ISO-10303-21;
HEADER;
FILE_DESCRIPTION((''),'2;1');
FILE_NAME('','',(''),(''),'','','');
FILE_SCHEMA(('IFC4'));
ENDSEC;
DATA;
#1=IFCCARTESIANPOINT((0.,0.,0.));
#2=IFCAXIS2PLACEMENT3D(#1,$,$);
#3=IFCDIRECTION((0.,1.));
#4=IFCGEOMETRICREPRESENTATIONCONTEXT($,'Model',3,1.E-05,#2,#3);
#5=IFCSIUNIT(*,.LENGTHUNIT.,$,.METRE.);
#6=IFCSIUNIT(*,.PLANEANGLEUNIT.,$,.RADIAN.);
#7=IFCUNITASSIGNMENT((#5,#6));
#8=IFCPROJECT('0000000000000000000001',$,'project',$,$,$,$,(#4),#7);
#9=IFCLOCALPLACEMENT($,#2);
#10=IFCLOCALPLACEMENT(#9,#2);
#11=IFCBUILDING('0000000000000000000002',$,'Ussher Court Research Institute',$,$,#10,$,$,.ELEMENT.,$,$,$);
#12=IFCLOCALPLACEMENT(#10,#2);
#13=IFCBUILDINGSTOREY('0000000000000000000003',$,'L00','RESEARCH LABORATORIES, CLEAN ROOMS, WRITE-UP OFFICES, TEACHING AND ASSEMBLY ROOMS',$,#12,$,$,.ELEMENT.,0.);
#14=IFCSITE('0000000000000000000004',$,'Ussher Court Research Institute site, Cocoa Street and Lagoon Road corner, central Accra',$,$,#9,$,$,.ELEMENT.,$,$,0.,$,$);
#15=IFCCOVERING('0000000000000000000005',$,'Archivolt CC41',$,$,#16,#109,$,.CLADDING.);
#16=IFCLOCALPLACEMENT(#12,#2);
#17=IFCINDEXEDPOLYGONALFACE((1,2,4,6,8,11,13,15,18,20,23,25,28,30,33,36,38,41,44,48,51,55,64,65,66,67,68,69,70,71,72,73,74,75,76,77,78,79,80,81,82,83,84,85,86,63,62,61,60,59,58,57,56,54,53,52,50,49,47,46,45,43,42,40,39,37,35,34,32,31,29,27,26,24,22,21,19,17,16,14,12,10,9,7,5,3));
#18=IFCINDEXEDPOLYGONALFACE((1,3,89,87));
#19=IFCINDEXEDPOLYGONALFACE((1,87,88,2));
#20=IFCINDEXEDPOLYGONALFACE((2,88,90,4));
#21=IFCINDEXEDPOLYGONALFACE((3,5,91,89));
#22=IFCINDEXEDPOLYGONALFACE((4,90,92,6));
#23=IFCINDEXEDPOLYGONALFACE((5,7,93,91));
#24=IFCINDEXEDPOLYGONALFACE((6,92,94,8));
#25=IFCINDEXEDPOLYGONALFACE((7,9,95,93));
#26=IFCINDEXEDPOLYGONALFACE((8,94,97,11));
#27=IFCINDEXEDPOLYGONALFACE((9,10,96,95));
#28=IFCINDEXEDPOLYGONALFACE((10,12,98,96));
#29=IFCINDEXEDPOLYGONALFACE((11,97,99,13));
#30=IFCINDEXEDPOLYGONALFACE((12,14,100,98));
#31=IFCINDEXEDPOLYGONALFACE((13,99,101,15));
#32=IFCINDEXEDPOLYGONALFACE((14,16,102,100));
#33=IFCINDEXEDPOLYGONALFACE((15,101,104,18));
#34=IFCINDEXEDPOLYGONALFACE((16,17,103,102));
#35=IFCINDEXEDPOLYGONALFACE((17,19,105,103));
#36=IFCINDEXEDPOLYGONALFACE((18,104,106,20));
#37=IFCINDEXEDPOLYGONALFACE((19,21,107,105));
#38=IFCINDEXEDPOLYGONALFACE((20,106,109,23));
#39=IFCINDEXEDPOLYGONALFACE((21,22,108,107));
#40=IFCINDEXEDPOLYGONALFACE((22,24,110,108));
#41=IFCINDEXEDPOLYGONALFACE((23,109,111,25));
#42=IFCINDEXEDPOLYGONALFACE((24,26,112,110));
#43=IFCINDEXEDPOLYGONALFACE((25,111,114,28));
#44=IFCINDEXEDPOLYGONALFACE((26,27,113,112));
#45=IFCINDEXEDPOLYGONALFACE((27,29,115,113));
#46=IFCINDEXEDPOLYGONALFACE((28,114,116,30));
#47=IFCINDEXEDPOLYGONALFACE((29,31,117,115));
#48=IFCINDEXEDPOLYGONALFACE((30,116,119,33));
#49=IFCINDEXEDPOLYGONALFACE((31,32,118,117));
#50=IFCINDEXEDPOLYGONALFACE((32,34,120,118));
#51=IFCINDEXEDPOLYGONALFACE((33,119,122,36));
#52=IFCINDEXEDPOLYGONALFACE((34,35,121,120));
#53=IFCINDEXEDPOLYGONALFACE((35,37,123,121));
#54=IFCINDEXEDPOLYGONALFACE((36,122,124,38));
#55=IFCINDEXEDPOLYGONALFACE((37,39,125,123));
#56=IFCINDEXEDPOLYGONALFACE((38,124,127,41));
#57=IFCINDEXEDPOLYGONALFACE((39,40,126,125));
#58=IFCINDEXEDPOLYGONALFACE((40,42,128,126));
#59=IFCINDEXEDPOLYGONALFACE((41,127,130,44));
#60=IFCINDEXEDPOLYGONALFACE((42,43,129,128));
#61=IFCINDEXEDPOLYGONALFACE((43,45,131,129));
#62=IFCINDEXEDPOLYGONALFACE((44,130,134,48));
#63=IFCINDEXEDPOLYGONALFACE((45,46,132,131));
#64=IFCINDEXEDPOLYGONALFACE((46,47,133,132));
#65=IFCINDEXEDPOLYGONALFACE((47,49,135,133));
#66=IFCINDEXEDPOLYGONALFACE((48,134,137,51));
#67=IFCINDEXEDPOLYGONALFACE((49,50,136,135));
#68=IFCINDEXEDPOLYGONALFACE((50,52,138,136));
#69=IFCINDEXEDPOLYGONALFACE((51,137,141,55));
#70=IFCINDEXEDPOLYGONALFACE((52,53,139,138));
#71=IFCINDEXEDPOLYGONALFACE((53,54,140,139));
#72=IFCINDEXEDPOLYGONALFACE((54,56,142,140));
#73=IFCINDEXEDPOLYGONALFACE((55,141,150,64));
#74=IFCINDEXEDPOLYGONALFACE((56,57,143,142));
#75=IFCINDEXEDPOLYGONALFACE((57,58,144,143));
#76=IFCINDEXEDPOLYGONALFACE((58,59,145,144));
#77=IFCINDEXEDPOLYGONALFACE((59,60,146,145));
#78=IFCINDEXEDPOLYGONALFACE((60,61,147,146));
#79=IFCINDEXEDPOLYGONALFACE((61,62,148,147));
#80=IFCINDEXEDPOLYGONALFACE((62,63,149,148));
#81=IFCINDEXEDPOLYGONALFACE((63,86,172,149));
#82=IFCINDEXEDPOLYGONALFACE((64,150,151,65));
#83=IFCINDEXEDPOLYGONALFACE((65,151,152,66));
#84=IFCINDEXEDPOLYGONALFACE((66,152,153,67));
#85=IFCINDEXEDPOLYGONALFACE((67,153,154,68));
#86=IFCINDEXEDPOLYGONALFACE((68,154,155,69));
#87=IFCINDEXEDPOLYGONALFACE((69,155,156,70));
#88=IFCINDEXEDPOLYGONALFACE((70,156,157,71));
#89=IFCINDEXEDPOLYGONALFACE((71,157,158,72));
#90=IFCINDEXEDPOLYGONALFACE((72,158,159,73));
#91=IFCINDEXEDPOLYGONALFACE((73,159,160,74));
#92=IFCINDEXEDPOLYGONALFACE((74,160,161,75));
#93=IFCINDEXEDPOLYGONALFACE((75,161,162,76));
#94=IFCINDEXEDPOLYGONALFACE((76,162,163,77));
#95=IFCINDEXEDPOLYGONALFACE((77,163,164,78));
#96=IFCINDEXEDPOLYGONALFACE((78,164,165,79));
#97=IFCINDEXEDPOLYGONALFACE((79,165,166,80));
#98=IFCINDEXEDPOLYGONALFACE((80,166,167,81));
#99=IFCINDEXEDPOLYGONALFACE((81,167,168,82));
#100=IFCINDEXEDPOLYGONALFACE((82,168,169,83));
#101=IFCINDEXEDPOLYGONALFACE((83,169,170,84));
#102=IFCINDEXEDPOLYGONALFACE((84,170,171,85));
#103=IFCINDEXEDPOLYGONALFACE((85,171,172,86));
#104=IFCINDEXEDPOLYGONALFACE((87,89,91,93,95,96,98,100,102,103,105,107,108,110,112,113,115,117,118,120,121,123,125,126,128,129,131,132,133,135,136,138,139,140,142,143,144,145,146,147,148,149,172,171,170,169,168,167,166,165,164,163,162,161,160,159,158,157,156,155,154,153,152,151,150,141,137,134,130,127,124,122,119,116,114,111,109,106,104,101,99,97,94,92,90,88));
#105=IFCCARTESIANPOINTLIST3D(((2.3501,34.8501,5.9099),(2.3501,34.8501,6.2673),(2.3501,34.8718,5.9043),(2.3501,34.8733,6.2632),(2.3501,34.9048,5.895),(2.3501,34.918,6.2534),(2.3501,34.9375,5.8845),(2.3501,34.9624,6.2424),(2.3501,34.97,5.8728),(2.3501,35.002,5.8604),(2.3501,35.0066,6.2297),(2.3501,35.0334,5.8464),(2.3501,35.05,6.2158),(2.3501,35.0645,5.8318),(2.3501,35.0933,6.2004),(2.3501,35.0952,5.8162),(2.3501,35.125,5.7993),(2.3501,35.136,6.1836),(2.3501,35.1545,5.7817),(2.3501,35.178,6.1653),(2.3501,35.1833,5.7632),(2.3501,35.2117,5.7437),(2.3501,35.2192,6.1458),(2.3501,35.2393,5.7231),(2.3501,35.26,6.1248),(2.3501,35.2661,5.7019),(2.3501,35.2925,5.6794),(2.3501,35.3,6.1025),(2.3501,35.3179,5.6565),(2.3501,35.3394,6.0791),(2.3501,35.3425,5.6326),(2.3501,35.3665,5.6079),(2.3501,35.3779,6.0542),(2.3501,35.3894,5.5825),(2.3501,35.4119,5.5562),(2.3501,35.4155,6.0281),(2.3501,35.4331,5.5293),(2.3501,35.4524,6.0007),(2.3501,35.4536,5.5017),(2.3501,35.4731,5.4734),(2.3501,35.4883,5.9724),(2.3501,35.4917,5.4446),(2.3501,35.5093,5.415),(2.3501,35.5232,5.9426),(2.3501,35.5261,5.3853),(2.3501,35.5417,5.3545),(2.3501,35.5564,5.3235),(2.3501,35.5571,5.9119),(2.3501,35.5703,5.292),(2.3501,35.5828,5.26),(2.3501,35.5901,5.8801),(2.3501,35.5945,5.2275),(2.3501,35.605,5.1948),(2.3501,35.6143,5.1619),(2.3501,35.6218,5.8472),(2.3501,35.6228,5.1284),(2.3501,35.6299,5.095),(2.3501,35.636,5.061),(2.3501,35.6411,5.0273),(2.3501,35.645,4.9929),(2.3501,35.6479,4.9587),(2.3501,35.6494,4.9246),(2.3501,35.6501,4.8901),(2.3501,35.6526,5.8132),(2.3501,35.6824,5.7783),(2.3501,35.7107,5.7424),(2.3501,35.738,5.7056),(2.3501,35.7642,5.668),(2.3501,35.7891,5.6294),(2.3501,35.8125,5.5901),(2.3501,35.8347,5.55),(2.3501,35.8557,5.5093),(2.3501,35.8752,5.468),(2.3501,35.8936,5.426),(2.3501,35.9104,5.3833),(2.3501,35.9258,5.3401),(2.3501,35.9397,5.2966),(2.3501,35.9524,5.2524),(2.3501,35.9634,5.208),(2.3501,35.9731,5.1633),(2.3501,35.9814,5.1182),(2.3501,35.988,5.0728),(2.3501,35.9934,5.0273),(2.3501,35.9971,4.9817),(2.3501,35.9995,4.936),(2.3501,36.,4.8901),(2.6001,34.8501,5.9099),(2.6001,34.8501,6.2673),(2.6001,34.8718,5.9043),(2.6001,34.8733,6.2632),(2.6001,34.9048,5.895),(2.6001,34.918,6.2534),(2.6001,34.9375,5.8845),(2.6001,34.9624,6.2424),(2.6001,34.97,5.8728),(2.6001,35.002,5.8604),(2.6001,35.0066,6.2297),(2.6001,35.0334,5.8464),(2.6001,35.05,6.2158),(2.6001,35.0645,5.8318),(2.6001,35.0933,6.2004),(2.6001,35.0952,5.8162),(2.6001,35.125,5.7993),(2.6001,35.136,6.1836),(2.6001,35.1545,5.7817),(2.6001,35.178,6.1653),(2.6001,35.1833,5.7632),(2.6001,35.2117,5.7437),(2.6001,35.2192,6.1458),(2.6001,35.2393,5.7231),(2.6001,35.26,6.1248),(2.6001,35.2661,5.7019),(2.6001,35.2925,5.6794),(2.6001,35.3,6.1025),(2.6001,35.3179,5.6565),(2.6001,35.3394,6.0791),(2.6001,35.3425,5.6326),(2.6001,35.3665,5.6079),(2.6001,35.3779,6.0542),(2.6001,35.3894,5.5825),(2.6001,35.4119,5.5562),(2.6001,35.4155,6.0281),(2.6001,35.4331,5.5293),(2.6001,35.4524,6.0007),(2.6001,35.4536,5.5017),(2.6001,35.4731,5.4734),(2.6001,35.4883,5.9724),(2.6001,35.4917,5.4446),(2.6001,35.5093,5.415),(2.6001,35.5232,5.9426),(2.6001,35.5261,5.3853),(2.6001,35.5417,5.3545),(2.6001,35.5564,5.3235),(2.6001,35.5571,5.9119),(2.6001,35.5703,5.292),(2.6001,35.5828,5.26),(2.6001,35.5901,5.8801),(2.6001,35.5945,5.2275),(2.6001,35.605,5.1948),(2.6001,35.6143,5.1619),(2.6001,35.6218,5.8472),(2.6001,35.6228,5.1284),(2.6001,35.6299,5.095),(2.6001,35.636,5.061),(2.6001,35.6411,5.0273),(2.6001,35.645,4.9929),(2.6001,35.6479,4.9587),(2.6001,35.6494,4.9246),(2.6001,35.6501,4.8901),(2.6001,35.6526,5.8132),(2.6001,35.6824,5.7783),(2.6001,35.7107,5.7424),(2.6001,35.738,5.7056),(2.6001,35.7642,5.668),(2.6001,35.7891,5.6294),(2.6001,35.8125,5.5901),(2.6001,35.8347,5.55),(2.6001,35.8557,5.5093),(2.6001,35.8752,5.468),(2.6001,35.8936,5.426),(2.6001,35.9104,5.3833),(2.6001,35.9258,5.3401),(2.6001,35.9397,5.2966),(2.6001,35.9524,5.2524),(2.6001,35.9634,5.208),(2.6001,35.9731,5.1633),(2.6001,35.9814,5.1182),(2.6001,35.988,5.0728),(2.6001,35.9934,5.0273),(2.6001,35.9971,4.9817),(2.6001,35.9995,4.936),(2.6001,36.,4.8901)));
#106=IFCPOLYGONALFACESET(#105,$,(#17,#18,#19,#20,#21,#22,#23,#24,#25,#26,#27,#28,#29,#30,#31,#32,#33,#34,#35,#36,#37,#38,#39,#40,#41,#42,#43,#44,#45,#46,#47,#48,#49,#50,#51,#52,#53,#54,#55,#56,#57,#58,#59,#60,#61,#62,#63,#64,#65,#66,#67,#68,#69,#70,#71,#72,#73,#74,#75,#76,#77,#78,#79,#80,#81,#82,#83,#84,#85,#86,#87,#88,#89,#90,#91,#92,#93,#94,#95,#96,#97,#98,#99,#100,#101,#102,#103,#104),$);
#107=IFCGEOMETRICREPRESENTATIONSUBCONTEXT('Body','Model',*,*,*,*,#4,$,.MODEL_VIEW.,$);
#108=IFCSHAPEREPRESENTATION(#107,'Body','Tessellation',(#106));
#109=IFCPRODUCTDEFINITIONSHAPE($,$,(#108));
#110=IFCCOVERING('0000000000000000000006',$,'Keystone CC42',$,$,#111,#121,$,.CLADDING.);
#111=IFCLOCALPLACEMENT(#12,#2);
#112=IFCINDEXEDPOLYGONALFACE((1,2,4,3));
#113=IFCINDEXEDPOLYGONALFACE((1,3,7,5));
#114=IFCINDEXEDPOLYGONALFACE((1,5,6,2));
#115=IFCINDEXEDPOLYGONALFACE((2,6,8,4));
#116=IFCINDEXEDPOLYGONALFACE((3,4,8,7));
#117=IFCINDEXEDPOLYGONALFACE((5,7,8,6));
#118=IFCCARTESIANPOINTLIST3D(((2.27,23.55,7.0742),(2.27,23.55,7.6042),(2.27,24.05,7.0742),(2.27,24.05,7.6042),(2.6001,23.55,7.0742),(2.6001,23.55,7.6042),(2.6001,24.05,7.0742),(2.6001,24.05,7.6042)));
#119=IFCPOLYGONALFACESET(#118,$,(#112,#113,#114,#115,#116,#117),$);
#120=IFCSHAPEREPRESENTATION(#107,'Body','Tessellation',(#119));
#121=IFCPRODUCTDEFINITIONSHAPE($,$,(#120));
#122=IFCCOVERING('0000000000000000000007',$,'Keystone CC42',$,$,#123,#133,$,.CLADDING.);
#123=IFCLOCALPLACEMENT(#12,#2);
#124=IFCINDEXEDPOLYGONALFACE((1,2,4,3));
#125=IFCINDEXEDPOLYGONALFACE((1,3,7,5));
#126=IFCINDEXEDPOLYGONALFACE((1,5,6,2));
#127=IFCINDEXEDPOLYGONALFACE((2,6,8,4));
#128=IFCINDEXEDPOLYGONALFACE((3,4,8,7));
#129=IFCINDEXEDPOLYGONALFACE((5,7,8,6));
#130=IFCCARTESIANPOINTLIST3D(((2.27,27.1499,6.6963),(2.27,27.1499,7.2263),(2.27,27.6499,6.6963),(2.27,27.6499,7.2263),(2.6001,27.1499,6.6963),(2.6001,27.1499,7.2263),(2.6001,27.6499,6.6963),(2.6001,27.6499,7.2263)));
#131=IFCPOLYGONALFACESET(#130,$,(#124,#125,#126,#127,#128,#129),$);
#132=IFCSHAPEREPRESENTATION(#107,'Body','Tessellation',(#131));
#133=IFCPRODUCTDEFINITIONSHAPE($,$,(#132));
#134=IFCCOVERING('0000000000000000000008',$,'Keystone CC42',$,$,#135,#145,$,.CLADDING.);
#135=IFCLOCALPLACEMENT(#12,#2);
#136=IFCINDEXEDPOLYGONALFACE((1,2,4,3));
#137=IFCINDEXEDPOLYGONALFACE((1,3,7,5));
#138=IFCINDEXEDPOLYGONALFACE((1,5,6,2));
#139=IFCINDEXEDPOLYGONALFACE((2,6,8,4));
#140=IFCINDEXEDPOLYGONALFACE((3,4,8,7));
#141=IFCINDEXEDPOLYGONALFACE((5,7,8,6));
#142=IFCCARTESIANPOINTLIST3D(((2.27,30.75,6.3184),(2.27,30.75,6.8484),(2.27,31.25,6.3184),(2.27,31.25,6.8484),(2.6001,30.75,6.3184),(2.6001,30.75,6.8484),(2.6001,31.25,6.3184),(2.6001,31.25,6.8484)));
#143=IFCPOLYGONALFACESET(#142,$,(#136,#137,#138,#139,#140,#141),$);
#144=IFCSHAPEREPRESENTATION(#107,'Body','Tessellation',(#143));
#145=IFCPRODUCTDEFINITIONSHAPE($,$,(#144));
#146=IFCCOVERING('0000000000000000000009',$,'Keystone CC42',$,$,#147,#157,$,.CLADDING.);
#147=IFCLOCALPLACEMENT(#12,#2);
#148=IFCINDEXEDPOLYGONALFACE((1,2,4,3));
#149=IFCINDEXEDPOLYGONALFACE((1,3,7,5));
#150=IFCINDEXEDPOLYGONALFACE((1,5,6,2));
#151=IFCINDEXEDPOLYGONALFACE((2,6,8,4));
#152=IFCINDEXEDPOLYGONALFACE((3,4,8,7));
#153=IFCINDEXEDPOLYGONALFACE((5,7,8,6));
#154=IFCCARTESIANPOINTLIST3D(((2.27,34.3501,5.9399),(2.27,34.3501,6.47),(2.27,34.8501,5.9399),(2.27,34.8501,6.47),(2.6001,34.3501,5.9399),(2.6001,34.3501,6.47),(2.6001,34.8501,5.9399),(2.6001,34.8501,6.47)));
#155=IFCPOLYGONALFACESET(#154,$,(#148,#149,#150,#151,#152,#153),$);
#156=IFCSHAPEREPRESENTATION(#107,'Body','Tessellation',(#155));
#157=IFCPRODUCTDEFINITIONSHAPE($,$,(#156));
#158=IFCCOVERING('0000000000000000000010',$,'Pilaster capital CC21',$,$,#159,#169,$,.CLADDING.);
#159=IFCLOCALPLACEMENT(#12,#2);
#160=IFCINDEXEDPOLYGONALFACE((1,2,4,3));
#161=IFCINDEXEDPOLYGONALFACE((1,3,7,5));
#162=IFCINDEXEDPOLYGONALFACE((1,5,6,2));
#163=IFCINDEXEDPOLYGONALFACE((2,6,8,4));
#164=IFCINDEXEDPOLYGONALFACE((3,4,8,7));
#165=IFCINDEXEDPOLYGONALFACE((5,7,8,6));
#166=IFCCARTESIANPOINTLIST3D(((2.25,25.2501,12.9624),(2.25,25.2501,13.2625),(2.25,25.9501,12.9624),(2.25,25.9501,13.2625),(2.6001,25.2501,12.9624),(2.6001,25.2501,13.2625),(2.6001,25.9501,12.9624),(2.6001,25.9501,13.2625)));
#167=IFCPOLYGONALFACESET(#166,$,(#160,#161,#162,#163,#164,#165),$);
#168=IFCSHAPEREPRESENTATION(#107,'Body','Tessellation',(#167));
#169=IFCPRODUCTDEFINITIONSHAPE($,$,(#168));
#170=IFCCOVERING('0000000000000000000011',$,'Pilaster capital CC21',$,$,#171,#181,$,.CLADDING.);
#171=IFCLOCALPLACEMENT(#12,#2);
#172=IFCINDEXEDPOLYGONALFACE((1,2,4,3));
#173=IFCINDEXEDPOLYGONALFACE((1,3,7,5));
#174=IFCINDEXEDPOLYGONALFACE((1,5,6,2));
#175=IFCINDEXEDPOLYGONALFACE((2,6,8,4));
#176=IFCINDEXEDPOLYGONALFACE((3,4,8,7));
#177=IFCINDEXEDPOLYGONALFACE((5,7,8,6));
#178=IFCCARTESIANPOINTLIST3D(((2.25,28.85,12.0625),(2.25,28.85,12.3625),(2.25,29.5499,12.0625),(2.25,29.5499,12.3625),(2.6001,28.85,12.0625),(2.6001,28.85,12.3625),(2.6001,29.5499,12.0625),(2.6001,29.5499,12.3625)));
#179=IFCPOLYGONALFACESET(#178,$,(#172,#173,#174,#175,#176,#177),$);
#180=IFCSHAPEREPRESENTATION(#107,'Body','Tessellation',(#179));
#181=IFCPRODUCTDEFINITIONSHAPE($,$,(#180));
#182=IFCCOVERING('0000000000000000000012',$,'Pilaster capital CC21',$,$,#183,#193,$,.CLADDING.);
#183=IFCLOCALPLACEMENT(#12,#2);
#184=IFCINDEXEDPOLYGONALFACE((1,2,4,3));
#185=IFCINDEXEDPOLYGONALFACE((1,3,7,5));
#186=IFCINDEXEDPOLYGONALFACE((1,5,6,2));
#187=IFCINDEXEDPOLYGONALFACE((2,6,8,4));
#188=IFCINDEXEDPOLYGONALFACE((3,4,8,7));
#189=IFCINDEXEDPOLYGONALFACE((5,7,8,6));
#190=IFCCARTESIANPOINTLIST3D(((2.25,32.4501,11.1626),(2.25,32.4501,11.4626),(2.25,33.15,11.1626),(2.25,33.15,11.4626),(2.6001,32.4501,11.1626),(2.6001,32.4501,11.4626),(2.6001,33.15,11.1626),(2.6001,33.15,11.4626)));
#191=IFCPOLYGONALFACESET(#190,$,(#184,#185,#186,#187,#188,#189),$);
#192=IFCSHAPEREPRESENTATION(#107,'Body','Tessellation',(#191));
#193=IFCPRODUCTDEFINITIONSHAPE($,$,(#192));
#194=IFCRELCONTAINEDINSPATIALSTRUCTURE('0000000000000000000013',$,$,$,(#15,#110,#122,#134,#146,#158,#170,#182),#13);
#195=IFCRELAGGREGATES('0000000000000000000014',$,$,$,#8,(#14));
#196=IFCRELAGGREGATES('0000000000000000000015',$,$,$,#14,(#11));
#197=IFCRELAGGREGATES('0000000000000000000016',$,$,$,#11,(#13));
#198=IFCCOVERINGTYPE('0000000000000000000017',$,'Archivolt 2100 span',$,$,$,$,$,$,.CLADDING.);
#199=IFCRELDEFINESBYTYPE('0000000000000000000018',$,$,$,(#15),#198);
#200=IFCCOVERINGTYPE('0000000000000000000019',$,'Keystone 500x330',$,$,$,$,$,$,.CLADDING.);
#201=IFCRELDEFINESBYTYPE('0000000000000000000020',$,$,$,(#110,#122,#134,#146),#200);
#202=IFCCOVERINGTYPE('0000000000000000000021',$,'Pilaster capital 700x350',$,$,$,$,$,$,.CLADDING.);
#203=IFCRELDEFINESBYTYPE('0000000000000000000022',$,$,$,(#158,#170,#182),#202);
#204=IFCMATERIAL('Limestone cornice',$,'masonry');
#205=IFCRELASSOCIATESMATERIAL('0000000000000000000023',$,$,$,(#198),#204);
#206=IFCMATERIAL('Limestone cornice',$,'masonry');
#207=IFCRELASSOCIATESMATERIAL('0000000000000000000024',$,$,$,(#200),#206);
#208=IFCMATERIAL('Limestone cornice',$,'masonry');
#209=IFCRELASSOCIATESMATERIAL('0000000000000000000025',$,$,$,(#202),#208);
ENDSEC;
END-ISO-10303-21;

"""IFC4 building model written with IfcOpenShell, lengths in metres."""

from ifc_helpers import new_model, si_unit, direction, frame, origin, origin_2d, place, context, subcontext, project, spatial, polyline, rectangle, outline, extrude, material, type_object, element, save


model = new_model("IFC4")

# Units and contexts
model_context = context("Model", 3, precision=1e-05, world=origin(), true_north=direction((0.0, 1.0)))
body_context = subcontext(model_context, "Body", "Model", "MODEL_VIEW")
ifc_project = project(units=[si_unit("LENGTHUNIT", "METRE"), si_unit("PLANEANGLEUNIT", "RADIAN")], contexts=[model_context])

# Site, building, storey
site_placement = place(None, origin())
site = spatial("IfcSite", under=ifc_project, at=site_placement, Name="Ussher Court Research Institute site, Cocoa Street and Lagoon Road corner, central Accra", CompositionType="ELEMENT", RefElevation=0.0)
building_placement = place(site_placement, origin())
building = spatial("IfcBuilding", under=site, at=building_placement, Name="Ussher Court Research Institute", CompositionType="ELEMENT")
storey_placement = place(building_placement, origin())
storey = spatial("IfcBuildingStorey", under=building, at=storey_placement, Name="L00", Description="RESEARCH LABORATORIES, CLEAN ROOMS, WRITE-UP OFFICES, TEACHING AND ASSEMBLY ROOMS", CompositionType="ELEMENT", Elevation=0.0)

# Coverings
ifc_material_1 = material(Name="Limestone cornice", Category="masonry")
covering_type_1 = type_object("IfcCoveringType", Name="Archivolt 2100 span", PredefinedType="CLADDING", material=ifc_material_1)
covering_1_placement = place(storey_placement, frame((2.3501, 34.6001, 4.8901), z_axis=(1.0, 0.0, 0.0), x_axis=(0.0, 1.0, 0.0)))
element("IfcCovering", 1, at=covering_1_placement, inside=storey, type_object=covering_type_1, Name="Archivolt CC41", PredefinedType="CLADDING", context=body_context, shape_type="SweptSolid", body=[
    extrude(outline(polyline([(0.2732, 1.373), (0.25, 1.3772), (0.25, 1.0198), (0.2717, 1.0142), (0.3047, 1.0049), (0.3374, 0.9944), (0.3699, 0.9827), (0.4019, 0.9702), (0.4333, 0.9563), (0.4644, 0.9417), (0.4951, 0.926), (0.5249, 0.9092), (0.5544, 0.8916), (0.5833, 0.873), (0.6116, 0.8535), (0.6392, 0.833), (0.666, 0.8118), (0.6924, 0.7893), (0.7178, 0.7664), (0.7424, 0.7424), (0.7664, 0.7178), (0.7893, 0.6924), (0.8118, 0.666), (0.833, 0.6392), (0.8535, 0.6116), (0.873, 0.5833), (0.8916, 0.5544), (0.9092, 0.5249), (0.926, 0.4951), (0.9417, 0.4644), (0.9563, 0.4333), (0.9702, 0.4019), (0.9827, 0.3699), (0.9944, 0.3374), (1.0049, 0.3047), (1.0142, 0.2717), (1.0227, 0.2383), (1.0298, 0.2048), (1.0359, 0.1709), (1.041, 0.1372), (1.0449, 0.1028), (1.0479, 0.0686), (1.0493, 0.0344), (1.05, 0.0), (1.3999, 0.0), (1.3994, 0.0459), (1.397, 0.0916), (1.3933, 0.1372), (1.3879, 0.1826), (1.3813, 0.228), (1.373, 0.2732), (1.3633, 0.3179), (1.3523, 0.3623), (1.3396, 0.4065), (1.3257, 0.45), (1.3103, 0.4932), (1.2935, 0.5359), (1.2751, 0.5779), (1.2556, 0.6191), (1.2346, 0.6599), (1.2124, 0.7), (1.189, 0.7393), (1.1641, 0.7778), (1.1379, 0.8154), (1.1106, 0.8523), (1.0823, 0.8882), (1.0525, 0.9231), (1.0217, 0.957), (0.99, 0.99), (0.957, 1.0217), (0.9231, 1.0525), (0.8882, 1.0823), (0.8523, 1.1106), (0.8154, 1.1379), (0.7778, 1.1641), (0.7393, 1.189), (0.7, 1.2124), (0.6599, 1.2346), (0.6191, 1.2556), (0.5779, 1.2751), (0.5359, 1.2935), (0.4932, 1.3103), (0.45, 1.3257), (0.4065, 1.3396), (0.3623, 1.3523), (0.3179, 1.3633), (0.2732, 1.373)])), origin(), (0.0, 0.0, 1.0), 0.25),
])
ifc_material_2 = material(Name="Limestone cornice", Category="masonry")
covering_type_2 = type_object("IfcCoveringType", Name="Keystone 500x330", PredefinedType="CLADDING", material=ifc_material_2)
for number, where, z_axis, x_axis, name in (
    (2, (2.4351, 23.8, 7.0742), (0.0, 0.0, 1.0), (1.0, 0.0, 0.0), "Keystone CC42"),
    (3, (2.4351, 27.3999, 6.6963), (0.0, 0.0, 1.0), (1.0, 0.0, 0.0), "Keystone CC42"),
    (4, (2.4351, 31.0, 6.3184), (0.0, 0.0, 1.0), (1.0, 0.0, 0.0), "Keystone CC42"),
    (5, (2.4351, 34.6001, 5.9399), (0.0, 0.0, 1.0), (1.0, 0.0, 0.0), "Keystone CC42"),
):
    element("IfcCovering", number, at=place(storey_placement, frame(where, z_axis=z_axis, x_axis=x_axis)), inside=storey, type_object=covering_type_2, Name=name, PredefinedType="CLADDING", context=body_context, shape_type="SweptSolid", body=[
        extrude(rectangle(XDim=0.3301, YDim=0.5, at=origin_2d()), origin(), (0.0, 0.0, 1.0), 0.53),
    ])
ifc_material_3 = material(Name="Limestone cornice", Category="masonry")
covering_type_3 = type_object("IfcCoveringType", Name="Pilaster capital 700x350", PredefinedType="CLADDING", material=ifc_material_3)
for number, where, z_axis, x_axis, name in (
    (6, (2.425, 25.6001, 12.9624), (0.0, 0.0, 1.0), (1.0, 0.0, 0.0), "Pilaster capital CC21"),
    (7, (2.425, 29.2, 12.0625), (0.0, 0.0, 1.0), (1.0, 0.0, 0.0), "Pilaster capital CC21"),
    (8, (2.425, 32.8, 11.1626), (0.0, 0.0, 1.0), (1.0, 0.0, 0.0), "Pilaster capital CC21"),
):
    element("IfcCovering", number, at=place(storey_placement, frame(where, z_axis=z_axis, x_axis=x_axis)), inside=storey, type_object=covering_type_3, Name=name, PredefinedType="CLADDING", context=body_context, shape_type="SweptSolid", body=[
        extrude(rectangle(XDim=0.3501, YDim=0.7, at=origin_2d()), origin(), (0.0, 0.0, 1.0), 0.3),
    ])

save(model, "model.ifc")
